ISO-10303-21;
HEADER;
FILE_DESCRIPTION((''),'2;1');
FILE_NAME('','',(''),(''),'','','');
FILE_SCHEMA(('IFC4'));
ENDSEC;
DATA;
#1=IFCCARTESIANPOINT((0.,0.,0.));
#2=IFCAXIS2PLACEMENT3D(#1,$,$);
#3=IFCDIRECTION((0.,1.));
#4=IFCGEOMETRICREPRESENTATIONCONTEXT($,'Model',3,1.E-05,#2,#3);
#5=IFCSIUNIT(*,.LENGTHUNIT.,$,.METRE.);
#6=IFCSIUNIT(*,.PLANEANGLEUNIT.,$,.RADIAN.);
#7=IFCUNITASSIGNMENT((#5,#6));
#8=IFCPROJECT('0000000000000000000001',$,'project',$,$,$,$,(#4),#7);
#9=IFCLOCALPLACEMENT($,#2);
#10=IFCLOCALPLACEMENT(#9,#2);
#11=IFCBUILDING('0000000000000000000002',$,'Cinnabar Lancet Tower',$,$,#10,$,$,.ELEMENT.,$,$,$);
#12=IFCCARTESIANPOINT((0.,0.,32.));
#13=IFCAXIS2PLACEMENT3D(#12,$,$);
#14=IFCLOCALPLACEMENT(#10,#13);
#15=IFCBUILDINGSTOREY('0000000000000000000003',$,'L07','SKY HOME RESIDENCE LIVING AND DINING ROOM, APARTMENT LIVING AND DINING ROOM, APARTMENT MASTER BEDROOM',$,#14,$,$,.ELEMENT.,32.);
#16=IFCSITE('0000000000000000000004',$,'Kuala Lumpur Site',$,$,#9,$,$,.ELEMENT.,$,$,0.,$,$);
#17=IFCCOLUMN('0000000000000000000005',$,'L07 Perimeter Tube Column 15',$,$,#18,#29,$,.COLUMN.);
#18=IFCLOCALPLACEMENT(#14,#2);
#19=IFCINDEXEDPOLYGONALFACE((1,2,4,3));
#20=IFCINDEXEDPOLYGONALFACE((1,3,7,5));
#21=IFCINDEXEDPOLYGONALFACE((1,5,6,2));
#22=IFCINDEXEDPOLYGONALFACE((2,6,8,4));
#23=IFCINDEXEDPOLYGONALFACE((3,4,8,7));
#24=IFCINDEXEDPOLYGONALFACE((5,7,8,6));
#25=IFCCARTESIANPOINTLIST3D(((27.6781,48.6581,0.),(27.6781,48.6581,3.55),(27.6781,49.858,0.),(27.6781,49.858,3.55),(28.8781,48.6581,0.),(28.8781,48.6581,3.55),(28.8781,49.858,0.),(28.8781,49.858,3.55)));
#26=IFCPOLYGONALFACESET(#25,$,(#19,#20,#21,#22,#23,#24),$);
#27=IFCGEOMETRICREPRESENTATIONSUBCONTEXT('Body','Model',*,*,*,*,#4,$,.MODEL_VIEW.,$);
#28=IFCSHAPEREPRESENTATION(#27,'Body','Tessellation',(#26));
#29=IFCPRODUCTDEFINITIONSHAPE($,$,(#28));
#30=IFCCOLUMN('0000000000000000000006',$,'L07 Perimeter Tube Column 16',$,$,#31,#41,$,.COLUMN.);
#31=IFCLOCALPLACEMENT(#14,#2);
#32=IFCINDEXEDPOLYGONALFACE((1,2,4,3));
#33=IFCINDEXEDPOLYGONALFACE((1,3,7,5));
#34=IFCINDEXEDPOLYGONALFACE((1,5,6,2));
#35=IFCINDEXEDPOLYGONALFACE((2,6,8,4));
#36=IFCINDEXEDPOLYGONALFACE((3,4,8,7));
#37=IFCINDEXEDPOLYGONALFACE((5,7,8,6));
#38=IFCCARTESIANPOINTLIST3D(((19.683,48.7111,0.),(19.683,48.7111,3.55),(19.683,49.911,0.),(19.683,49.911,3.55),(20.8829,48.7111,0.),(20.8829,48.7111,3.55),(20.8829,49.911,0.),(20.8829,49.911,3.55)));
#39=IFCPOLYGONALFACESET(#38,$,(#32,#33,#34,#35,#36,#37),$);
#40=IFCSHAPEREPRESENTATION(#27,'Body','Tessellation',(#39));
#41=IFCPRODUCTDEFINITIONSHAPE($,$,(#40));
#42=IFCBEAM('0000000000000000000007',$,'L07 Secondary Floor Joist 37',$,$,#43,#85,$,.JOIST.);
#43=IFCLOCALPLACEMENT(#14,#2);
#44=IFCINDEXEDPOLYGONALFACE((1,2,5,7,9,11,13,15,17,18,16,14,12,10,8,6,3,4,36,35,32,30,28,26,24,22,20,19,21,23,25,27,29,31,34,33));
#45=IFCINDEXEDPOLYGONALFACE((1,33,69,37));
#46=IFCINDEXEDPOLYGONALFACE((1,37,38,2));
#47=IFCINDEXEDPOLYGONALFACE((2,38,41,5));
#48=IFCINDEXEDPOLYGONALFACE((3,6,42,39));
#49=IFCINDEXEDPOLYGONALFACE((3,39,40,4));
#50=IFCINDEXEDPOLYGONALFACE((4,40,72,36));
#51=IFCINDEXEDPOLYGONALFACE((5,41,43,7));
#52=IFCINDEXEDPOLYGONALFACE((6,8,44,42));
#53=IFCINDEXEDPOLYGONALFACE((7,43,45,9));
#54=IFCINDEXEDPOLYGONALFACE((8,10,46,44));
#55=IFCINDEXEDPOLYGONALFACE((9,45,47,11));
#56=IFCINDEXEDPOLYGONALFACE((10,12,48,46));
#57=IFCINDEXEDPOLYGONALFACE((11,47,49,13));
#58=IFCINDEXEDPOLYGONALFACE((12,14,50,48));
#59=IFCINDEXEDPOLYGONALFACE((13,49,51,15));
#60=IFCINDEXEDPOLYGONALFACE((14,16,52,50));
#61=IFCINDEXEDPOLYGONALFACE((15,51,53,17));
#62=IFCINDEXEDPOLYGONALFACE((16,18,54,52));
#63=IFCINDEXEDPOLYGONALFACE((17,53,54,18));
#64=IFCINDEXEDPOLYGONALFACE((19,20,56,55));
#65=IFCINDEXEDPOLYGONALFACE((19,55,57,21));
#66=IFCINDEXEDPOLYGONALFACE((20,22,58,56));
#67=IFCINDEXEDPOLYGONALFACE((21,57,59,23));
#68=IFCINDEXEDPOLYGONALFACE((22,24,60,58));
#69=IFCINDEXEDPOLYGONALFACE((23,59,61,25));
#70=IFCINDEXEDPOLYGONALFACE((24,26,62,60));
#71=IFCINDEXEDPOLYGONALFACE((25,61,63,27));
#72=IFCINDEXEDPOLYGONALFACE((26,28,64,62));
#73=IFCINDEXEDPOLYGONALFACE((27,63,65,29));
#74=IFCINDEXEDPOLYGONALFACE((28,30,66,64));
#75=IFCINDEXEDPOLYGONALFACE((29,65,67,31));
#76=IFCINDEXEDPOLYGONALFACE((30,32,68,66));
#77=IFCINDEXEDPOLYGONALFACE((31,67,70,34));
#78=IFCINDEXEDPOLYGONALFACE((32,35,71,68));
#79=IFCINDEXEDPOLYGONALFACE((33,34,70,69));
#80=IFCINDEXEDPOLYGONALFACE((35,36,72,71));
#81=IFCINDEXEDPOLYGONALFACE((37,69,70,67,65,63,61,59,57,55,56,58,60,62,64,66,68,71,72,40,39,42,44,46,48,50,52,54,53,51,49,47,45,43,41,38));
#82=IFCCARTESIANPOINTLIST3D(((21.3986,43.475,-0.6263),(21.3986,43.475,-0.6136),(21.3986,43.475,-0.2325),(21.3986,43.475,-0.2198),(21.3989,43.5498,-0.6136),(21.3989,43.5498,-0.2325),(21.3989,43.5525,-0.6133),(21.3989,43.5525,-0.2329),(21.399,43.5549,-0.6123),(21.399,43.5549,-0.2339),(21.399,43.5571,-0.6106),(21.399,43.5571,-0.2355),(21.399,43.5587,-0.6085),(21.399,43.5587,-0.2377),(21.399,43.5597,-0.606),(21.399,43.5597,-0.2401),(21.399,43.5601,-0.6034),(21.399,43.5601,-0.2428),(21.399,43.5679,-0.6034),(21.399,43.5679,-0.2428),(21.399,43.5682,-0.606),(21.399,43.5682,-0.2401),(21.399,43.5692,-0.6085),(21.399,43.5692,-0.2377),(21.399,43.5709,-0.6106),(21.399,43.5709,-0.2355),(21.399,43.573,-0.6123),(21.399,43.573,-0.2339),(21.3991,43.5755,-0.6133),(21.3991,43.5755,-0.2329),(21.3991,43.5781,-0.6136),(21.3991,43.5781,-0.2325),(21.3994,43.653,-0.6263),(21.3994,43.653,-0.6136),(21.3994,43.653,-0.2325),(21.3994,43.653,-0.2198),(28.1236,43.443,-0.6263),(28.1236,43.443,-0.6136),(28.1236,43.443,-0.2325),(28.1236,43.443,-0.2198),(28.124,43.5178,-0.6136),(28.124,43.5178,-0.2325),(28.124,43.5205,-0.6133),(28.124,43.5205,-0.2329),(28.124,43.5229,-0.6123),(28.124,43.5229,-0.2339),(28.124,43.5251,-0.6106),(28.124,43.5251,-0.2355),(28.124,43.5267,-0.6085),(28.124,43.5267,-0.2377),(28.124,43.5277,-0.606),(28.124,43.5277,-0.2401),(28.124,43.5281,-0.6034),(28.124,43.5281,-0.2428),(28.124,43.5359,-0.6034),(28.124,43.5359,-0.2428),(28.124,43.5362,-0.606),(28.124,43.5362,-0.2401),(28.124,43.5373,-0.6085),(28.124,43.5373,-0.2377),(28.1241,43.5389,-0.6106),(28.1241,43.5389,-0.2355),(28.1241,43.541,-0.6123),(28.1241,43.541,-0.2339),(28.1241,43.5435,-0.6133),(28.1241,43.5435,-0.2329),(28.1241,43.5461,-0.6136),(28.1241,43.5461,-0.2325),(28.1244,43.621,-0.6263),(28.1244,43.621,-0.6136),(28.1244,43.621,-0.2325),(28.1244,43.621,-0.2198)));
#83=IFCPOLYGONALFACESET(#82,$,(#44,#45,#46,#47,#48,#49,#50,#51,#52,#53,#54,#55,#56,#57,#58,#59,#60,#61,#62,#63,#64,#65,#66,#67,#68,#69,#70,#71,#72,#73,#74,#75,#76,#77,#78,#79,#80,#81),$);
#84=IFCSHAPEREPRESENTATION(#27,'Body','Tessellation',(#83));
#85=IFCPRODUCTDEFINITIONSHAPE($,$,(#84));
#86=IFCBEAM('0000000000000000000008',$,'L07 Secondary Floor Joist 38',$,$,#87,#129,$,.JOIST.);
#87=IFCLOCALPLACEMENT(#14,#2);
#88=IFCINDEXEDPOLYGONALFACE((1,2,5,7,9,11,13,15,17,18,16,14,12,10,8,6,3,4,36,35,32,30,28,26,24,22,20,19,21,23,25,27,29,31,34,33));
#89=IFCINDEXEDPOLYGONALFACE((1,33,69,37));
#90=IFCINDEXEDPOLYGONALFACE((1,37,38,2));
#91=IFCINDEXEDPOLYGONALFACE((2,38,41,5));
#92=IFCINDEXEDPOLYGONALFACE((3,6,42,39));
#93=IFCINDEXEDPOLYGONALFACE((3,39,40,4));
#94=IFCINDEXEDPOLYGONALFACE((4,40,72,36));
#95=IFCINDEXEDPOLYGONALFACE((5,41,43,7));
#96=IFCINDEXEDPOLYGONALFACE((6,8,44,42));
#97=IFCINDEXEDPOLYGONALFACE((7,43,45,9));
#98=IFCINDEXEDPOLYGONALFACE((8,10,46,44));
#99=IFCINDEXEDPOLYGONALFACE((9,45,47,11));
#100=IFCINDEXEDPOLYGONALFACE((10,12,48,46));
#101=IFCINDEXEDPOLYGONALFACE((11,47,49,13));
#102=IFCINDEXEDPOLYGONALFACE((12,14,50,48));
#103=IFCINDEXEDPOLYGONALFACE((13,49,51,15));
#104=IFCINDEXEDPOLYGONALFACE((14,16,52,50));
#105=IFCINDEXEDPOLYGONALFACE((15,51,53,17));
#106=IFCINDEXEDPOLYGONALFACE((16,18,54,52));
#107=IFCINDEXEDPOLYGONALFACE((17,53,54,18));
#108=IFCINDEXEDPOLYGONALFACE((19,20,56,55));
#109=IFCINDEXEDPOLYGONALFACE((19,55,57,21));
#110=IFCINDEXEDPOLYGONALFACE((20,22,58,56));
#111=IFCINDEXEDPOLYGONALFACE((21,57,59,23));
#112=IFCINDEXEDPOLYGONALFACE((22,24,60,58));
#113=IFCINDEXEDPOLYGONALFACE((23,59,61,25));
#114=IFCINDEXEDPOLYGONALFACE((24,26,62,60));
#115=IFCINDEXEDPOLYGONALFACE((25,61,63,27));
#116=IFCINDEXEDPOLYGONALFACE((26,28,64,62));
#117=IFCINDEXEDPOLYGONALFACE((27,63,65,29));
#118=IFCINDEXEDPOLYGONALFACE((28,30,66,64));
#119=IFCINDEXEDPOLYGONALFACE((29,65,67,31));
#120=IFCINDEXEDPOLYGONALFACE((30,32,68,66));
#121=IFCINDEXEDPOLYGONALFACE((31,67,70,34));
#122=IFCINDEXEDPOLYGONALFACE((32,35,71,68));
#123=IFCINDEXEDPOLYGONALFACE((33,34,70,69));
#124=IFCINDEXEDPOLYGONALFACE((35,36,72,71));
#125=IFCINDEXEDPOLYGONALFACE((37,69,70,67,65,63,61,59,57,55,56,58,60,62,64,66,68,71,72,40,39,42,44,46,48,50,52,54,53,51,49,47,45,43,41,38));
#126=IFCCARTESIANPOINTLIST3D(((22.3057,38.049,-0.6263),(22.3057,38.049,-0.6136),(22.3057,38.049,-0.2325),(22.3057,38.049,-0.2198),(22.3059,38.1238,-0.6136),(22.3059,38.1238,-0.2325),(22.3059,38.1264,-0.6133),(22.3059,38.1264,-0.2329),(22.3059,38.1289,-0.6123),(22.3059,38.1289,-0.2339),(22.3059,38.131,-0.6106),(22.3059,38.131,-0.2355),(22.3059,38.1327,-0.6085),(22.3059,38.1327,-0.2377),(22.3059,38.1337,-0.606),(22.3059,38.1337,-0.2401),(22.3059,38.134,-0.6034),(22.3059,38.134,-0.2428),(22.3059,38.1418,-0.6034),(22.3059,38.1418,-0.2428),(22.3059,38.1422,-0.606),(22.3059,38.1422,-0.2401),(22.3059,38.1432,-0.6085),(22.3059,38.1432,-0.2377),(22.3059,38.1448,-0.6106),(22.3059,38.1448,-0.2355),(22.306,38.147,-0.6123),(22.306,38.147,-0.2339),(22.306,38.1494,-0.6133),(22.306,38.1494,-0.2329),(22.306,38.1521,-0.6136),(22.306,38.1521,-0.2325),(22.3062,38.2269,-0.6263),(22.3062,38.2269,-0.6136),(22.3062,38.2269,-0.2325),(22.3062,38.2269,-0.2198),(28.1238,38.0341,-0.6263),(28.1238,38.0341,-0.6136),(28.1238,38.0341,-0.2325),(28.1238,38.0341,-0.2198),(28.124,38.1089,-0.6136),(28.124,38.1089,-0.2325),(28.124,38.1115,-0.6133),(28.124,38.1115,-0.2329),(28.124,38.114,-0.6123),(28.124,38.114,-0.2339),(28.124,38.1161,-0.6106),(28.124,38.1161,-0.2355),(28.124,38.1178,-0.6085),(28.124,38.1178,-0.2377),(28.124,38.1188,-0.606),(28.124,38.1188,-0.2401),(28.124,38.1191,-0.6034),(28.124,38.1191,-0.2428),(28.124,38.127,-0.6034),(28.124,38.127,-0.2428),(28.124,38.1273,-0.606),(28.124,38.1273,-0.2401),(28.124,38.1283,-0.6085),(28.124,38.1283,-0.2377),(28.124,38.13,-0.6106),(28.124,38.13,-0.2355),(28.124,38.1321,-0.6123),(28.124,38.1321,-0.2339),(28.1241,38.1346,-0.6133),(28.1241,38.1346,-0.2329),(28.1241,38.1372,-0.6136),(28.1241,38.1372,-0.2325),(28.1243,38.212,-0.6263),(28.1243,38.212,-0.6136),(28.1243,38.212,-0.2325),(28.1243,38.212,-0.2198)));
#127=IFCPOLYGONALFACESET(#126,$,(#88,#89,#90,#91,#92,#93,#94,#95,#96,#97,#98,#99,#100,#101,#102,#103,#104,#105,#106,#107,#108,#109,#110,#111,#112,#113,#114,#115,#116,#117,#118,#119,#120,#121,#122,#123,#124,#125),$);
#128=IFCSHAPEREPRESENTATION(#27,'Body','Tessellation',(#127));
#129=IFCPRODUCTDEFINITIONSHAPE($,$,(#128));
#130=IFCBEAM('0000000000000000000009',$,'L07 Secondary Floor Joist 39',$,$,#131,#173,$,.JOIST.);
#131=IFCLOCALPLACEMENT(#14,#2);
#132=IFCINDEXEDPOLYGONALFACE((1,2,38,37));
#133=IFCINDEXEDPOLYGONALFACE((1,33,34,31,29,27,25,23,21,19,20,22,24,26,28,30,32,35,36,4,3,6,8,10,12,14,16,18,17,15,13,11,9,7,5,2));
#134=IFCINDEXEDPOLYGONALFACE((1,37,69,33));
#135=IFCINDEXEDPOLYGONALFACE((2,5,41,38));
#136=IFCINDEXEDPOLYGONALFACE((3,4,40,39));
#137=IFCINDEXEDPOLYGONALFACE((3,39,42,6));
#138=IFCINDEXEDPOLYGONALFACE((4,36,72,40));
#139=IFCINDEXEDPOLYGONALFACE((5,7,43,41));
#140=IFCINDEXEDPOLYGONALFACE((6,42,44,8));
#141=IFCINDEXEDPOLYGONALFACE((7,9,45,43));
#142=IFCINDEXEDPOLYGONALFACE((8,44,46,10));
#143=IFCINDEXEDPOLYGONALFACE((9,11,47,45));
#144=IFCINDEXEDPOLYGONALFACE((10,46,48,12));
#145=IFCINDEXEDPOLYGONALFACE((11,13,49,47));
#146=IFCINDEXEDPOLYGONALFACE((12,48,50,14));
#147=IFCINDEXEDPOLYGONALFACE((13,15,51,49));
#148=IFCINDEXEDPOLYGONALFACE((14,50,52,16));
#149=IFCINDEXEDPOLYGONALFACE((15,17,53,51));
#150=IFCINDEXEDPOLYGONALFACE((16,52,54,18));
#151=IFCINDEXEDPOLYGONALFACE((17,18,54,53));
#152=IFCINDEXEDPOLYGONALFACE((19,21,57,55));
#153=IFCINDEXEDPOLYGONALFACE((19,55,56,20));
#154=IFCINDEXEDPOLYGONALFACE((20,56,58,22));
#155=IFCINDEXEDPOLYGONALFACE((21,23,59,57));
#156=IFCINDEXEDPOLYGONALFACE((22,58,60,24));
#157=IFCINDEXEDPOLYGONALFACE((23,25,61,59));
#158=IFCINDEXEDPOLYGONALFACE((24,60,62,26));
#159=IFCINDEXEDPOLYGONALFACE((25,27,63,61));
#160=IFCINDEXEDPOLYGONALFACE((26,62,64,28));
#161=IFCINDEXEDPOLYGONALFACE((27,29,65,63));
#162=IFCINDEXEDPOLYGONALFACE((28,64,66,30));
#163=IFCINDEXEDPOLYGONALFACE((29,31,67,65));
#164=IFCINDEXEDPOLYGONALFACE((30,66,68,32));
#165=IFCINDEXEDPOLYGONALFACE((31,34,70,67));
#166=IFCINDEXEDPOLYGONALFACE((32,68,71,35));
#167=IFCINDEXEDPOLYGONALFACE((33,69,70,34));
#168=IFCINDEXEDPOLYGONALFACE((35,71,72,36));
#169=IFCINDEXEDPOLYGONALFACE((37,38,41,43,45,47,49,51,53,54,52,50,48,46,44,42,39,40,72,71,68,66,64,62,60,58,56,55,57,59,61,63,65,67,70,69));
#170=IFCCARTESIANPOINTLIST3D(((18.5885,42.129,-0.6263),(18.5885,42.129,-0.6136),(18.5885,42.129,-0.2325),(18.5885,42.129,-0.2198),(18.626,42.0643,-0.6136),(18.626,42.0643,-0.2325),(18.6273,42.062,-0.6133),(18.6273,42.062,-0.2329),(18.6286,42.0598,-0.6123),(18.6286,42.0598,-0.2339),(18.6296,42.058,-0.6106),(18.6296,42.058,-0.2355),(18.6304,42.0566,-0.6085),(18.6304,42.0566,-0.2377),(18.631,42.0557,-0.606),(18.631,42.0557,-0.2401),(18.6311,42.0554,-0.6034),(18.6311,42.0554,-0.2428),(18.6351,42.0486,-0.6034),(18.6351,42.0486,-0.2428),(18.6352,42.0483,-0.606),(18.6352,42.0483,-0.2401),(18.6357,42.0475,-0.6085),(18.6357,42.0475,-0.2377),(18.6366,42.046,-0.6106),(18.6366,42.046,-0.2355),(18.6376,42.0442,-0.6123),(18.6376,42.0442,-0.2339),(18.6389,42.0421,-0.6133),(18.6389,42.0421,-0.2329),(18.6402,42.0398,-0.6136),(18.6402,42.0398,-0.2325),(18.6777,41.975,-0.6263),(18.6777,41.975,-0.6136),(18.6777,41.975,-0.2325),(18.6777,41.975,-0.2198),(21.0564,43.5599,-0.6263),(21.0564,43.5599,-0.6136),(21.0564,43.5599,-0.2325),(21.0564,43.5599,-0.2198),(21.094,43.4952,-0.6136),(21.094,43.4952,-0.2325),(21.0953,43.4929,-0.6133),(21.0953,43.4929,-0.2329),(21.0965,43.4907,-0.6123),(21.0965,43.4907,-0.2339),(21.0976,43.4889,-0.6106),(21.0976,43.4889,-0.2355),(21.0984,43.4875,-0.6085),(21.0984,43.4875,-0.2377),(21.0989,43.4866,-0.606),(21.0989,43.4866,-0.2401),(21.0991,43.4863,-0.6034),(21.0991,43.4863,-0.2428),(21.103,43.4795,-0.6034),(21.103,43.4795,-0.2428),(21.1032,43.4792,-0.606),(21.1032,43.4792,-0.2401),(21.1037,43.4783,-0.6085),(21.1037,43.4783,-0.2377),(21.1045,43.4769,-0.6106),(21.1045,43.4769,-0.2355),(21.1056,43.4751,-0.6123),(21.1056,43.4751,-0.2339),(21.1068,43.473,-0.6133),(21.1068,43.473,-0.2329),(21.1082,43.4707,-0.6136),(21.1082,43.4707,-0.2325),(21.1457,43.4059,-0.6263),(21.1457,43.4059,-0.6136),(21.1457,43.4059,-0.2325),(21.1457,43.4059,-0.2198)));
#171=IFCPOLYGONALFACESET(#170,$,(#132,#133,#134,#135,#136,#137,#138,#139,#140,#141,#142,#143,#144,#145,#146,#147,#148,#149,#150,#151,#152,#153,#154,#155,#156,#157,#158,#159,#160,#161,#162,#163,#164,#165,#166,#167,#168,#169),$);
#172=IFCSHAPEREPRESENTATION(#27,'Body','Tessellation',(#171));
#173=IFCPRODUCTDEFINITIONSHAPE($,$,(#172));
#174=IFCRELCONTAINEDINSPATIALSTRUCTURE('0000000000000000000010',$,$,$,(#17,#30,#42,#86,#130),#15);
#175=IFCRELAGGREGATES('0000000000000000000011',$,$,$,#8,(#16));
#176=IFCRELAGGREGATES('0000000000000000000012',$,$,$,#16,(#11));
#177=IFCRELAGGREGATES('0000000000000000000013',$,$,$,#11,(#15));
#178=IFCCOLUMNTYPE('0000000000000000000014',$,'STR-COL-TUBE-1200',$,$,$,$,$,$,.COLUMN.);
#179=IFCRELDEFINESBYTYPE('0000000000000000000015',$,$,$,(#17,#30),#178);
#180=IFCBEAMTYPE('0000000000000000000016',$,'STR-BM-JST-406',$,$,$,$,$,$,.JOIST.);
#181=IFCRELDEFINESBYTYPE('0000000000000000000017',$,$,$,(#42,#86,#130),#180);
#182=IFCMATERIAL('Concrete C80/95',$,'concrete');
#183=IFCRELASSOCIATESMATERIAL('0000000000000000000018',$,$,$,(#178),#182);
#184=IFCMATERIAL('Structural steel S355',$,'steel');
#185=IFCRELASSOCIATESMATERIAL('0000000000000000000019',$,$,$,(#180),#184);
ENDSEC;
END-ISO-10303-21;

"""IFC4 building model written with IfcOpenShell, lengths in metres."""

from ifc_helpers import new_model, si_unit, direction, frame, origin, origin_2d, place, context, subcontext, project, spatial, rectangle, i_section, extrude, material, material_profile, profile_set, type_object, element, save


model = new_model("IFC4")

# Units and contexts
model_context = context("Model", 3, precision=1e-05, world=origin(), true_north=direction((0.0, 1.0)))
body_context = subcontext(model_context, "Body", "Model", "MODEL_VIEW")
ifc_project = project(units=[si_unit("LENGTHUNIT", "METRE"), si_unit("PLANEANGLEUNIT", "RADIAN")], contexts=[model_context])

# Site, building, storey
site_placement = place(None, origin())
site = spatial("IfcSite", under=ifc_project, at=site_placement, Name="Kuala Lumpur Site", CompositionType="ELEMENT", RefElevation=0.0)
building_placement = place(site_placement, origin())
building = spatial("IfcBuilding", under=site, at=building_placement, Name="Cinnabar Lancet Tower", CompositionType="ELEMENT")
storey_placement = place(building_placement, frame((0.0, 0.0, 32.0)))
storey = spatial("IfcBuildingStorey", under=building, at=storey_placement, Name="L07", Description="SKY HOME RESIDENCE LIVING AND DINING ROOM, APARTMENT LIVING AND DINING ROOM, APARTMENT MASTER BEDROOM", CompositionType="ELEMENT", Elevation=32.0)

# Columns
ifc_material_1 = material(Name="Concrete C80/95", Category="concrete")
ifc_material_profile_1 = material_profile(ifc_material_1, rectangle(XDim=1.2, YDim=1.2, at=origin_2d()), Name="RC-COL 1200x1200")
ifc_profile_set_1 = profile_set([ifc_material_profile_1], Name="Concrete C80/95")
column_type = type_object("IfcColumnType", Name="STR-COL-TUBE-1200", PredefinedType="COLUMN", material=ifc_profile_set_1)
for number, where, z_axis, x_axis, name in (
    (1, (28.2781, 49.2581, 0.0), (0.0, 0.0, 1.0), (1.0, 0.0, 0.0), "L07 Perimeter Tube Column 15"),
    (2, (20.283, 49.311, 0.0), (0.0, 0.0, 1.0), (1.0, 0.0, 0.0), "L07 Perimeter Tube Column 16"),
):
    element("IfcColumn", number, at=place(storey_placement, frame(where, z_axis=z_axis, x_axis=x_axis)), inside=storey, type_object=column_type, Name=name, PredefinedType="COLUMN", context=body_context, shape_type="SweptSolid", body=[
        extrude(rectangle(XDim=1.2, YDim=1.2, at=origin_2d()), origin(), (0.0, 0.0, 1.0), 3.55),
    ])

# Beams
ifc_material_2 = material(Name="Structural steel S355", Category="steel")
ifc_material_profile_2 = material_profile(ifc_material_2, i_section(OverallWidth=0.178, OverallDepth=0.4065, WebThickness=0.0078, FlangeThickness=0.0127, FilletRadius=0.0103, at=origin_2d()), Name="UKB 406x178x60")
ifc_profile_set_2 = profile_set([ifc_material_profile_2], Name="Structural steel S355")
beam_type_1 = type_object("IfcBeamType", Name="STR-BM-JST-406", PredefinedType="JOIST", material=ifc_profile_set_2)
beam_1_placement = place(storey_placement, frame((28.124, 43.532, -0.4231), z_axis=(-0.999989, 0.004756, 0.0), x_axis=(-0.004756, -0.999989, 0.0)))
element("IfcBeam", 3, at=beam_1_placement, inside=storey, type_object=beam_type_1, Name="L07 Secondary Floor Joist 37", PredefinedType="JOIST", context=body_context, shape_type="SweptSolid", body=[
    extrude(i_section(OverallWidth=0.178, OverallDepth=0.4065, WebThickness=0.0078, FlangeThickness=0.0127, FilletRadius=0.0103, at=origin_2d()), origin(), (0.0, 0.0, 1.0), 6.7251),
])
beam_2_placement = place(storey_placement, frame((28.124, 38.123, -0.4231), z_axis=(-0.999997, 0.00256, 0.0), x_axis=(-0.00256, -0.999997, 0.0)))
element("IfcBeam", 4, at=beam_2_placement, inside=storey, type_object=beam_type_1, Name="L07 Secondary Floor Joist 38", PredefinedType="JOIST", context=body_context, shape_type="SweptSolid", body=[
    extrude(i_section(OverallWidth=0.178, OverallDepth=0.4065, WebThickness=0.0078, FlangeThickness=0.0127, FilletRadius=0.0103, at=origin_2d()), origin(), (0.0, 0.0, 1.0), 5.8181),
])
beam_3_placement = place(storey_placement, frame((21.1011, 43.4829, -0.4231), z_axis=(-0.865114, -0.501576, 0.0), x_axis=(0.501576, -0.865114, 0.0)))
element("IfcBeam", 5, at=beam_3_placement, inside=storey, type_object=beam_type_1, Name="L07 Secondary Floor Joist 39", PredefinedType="JOIST", context=body_context, shape_type="SweptSolid", body=[
    extrude(i_section(OverallWidth=0.178, OverallDepth=0.4065, WebThickness=0.0078, FlangeThickness=0.0127, FilletRadius=0.0103, at=origin_2d()), origin(), (0.0, 0.0, 1.0), 2.8528),
])

save(model, "model.ifc")
